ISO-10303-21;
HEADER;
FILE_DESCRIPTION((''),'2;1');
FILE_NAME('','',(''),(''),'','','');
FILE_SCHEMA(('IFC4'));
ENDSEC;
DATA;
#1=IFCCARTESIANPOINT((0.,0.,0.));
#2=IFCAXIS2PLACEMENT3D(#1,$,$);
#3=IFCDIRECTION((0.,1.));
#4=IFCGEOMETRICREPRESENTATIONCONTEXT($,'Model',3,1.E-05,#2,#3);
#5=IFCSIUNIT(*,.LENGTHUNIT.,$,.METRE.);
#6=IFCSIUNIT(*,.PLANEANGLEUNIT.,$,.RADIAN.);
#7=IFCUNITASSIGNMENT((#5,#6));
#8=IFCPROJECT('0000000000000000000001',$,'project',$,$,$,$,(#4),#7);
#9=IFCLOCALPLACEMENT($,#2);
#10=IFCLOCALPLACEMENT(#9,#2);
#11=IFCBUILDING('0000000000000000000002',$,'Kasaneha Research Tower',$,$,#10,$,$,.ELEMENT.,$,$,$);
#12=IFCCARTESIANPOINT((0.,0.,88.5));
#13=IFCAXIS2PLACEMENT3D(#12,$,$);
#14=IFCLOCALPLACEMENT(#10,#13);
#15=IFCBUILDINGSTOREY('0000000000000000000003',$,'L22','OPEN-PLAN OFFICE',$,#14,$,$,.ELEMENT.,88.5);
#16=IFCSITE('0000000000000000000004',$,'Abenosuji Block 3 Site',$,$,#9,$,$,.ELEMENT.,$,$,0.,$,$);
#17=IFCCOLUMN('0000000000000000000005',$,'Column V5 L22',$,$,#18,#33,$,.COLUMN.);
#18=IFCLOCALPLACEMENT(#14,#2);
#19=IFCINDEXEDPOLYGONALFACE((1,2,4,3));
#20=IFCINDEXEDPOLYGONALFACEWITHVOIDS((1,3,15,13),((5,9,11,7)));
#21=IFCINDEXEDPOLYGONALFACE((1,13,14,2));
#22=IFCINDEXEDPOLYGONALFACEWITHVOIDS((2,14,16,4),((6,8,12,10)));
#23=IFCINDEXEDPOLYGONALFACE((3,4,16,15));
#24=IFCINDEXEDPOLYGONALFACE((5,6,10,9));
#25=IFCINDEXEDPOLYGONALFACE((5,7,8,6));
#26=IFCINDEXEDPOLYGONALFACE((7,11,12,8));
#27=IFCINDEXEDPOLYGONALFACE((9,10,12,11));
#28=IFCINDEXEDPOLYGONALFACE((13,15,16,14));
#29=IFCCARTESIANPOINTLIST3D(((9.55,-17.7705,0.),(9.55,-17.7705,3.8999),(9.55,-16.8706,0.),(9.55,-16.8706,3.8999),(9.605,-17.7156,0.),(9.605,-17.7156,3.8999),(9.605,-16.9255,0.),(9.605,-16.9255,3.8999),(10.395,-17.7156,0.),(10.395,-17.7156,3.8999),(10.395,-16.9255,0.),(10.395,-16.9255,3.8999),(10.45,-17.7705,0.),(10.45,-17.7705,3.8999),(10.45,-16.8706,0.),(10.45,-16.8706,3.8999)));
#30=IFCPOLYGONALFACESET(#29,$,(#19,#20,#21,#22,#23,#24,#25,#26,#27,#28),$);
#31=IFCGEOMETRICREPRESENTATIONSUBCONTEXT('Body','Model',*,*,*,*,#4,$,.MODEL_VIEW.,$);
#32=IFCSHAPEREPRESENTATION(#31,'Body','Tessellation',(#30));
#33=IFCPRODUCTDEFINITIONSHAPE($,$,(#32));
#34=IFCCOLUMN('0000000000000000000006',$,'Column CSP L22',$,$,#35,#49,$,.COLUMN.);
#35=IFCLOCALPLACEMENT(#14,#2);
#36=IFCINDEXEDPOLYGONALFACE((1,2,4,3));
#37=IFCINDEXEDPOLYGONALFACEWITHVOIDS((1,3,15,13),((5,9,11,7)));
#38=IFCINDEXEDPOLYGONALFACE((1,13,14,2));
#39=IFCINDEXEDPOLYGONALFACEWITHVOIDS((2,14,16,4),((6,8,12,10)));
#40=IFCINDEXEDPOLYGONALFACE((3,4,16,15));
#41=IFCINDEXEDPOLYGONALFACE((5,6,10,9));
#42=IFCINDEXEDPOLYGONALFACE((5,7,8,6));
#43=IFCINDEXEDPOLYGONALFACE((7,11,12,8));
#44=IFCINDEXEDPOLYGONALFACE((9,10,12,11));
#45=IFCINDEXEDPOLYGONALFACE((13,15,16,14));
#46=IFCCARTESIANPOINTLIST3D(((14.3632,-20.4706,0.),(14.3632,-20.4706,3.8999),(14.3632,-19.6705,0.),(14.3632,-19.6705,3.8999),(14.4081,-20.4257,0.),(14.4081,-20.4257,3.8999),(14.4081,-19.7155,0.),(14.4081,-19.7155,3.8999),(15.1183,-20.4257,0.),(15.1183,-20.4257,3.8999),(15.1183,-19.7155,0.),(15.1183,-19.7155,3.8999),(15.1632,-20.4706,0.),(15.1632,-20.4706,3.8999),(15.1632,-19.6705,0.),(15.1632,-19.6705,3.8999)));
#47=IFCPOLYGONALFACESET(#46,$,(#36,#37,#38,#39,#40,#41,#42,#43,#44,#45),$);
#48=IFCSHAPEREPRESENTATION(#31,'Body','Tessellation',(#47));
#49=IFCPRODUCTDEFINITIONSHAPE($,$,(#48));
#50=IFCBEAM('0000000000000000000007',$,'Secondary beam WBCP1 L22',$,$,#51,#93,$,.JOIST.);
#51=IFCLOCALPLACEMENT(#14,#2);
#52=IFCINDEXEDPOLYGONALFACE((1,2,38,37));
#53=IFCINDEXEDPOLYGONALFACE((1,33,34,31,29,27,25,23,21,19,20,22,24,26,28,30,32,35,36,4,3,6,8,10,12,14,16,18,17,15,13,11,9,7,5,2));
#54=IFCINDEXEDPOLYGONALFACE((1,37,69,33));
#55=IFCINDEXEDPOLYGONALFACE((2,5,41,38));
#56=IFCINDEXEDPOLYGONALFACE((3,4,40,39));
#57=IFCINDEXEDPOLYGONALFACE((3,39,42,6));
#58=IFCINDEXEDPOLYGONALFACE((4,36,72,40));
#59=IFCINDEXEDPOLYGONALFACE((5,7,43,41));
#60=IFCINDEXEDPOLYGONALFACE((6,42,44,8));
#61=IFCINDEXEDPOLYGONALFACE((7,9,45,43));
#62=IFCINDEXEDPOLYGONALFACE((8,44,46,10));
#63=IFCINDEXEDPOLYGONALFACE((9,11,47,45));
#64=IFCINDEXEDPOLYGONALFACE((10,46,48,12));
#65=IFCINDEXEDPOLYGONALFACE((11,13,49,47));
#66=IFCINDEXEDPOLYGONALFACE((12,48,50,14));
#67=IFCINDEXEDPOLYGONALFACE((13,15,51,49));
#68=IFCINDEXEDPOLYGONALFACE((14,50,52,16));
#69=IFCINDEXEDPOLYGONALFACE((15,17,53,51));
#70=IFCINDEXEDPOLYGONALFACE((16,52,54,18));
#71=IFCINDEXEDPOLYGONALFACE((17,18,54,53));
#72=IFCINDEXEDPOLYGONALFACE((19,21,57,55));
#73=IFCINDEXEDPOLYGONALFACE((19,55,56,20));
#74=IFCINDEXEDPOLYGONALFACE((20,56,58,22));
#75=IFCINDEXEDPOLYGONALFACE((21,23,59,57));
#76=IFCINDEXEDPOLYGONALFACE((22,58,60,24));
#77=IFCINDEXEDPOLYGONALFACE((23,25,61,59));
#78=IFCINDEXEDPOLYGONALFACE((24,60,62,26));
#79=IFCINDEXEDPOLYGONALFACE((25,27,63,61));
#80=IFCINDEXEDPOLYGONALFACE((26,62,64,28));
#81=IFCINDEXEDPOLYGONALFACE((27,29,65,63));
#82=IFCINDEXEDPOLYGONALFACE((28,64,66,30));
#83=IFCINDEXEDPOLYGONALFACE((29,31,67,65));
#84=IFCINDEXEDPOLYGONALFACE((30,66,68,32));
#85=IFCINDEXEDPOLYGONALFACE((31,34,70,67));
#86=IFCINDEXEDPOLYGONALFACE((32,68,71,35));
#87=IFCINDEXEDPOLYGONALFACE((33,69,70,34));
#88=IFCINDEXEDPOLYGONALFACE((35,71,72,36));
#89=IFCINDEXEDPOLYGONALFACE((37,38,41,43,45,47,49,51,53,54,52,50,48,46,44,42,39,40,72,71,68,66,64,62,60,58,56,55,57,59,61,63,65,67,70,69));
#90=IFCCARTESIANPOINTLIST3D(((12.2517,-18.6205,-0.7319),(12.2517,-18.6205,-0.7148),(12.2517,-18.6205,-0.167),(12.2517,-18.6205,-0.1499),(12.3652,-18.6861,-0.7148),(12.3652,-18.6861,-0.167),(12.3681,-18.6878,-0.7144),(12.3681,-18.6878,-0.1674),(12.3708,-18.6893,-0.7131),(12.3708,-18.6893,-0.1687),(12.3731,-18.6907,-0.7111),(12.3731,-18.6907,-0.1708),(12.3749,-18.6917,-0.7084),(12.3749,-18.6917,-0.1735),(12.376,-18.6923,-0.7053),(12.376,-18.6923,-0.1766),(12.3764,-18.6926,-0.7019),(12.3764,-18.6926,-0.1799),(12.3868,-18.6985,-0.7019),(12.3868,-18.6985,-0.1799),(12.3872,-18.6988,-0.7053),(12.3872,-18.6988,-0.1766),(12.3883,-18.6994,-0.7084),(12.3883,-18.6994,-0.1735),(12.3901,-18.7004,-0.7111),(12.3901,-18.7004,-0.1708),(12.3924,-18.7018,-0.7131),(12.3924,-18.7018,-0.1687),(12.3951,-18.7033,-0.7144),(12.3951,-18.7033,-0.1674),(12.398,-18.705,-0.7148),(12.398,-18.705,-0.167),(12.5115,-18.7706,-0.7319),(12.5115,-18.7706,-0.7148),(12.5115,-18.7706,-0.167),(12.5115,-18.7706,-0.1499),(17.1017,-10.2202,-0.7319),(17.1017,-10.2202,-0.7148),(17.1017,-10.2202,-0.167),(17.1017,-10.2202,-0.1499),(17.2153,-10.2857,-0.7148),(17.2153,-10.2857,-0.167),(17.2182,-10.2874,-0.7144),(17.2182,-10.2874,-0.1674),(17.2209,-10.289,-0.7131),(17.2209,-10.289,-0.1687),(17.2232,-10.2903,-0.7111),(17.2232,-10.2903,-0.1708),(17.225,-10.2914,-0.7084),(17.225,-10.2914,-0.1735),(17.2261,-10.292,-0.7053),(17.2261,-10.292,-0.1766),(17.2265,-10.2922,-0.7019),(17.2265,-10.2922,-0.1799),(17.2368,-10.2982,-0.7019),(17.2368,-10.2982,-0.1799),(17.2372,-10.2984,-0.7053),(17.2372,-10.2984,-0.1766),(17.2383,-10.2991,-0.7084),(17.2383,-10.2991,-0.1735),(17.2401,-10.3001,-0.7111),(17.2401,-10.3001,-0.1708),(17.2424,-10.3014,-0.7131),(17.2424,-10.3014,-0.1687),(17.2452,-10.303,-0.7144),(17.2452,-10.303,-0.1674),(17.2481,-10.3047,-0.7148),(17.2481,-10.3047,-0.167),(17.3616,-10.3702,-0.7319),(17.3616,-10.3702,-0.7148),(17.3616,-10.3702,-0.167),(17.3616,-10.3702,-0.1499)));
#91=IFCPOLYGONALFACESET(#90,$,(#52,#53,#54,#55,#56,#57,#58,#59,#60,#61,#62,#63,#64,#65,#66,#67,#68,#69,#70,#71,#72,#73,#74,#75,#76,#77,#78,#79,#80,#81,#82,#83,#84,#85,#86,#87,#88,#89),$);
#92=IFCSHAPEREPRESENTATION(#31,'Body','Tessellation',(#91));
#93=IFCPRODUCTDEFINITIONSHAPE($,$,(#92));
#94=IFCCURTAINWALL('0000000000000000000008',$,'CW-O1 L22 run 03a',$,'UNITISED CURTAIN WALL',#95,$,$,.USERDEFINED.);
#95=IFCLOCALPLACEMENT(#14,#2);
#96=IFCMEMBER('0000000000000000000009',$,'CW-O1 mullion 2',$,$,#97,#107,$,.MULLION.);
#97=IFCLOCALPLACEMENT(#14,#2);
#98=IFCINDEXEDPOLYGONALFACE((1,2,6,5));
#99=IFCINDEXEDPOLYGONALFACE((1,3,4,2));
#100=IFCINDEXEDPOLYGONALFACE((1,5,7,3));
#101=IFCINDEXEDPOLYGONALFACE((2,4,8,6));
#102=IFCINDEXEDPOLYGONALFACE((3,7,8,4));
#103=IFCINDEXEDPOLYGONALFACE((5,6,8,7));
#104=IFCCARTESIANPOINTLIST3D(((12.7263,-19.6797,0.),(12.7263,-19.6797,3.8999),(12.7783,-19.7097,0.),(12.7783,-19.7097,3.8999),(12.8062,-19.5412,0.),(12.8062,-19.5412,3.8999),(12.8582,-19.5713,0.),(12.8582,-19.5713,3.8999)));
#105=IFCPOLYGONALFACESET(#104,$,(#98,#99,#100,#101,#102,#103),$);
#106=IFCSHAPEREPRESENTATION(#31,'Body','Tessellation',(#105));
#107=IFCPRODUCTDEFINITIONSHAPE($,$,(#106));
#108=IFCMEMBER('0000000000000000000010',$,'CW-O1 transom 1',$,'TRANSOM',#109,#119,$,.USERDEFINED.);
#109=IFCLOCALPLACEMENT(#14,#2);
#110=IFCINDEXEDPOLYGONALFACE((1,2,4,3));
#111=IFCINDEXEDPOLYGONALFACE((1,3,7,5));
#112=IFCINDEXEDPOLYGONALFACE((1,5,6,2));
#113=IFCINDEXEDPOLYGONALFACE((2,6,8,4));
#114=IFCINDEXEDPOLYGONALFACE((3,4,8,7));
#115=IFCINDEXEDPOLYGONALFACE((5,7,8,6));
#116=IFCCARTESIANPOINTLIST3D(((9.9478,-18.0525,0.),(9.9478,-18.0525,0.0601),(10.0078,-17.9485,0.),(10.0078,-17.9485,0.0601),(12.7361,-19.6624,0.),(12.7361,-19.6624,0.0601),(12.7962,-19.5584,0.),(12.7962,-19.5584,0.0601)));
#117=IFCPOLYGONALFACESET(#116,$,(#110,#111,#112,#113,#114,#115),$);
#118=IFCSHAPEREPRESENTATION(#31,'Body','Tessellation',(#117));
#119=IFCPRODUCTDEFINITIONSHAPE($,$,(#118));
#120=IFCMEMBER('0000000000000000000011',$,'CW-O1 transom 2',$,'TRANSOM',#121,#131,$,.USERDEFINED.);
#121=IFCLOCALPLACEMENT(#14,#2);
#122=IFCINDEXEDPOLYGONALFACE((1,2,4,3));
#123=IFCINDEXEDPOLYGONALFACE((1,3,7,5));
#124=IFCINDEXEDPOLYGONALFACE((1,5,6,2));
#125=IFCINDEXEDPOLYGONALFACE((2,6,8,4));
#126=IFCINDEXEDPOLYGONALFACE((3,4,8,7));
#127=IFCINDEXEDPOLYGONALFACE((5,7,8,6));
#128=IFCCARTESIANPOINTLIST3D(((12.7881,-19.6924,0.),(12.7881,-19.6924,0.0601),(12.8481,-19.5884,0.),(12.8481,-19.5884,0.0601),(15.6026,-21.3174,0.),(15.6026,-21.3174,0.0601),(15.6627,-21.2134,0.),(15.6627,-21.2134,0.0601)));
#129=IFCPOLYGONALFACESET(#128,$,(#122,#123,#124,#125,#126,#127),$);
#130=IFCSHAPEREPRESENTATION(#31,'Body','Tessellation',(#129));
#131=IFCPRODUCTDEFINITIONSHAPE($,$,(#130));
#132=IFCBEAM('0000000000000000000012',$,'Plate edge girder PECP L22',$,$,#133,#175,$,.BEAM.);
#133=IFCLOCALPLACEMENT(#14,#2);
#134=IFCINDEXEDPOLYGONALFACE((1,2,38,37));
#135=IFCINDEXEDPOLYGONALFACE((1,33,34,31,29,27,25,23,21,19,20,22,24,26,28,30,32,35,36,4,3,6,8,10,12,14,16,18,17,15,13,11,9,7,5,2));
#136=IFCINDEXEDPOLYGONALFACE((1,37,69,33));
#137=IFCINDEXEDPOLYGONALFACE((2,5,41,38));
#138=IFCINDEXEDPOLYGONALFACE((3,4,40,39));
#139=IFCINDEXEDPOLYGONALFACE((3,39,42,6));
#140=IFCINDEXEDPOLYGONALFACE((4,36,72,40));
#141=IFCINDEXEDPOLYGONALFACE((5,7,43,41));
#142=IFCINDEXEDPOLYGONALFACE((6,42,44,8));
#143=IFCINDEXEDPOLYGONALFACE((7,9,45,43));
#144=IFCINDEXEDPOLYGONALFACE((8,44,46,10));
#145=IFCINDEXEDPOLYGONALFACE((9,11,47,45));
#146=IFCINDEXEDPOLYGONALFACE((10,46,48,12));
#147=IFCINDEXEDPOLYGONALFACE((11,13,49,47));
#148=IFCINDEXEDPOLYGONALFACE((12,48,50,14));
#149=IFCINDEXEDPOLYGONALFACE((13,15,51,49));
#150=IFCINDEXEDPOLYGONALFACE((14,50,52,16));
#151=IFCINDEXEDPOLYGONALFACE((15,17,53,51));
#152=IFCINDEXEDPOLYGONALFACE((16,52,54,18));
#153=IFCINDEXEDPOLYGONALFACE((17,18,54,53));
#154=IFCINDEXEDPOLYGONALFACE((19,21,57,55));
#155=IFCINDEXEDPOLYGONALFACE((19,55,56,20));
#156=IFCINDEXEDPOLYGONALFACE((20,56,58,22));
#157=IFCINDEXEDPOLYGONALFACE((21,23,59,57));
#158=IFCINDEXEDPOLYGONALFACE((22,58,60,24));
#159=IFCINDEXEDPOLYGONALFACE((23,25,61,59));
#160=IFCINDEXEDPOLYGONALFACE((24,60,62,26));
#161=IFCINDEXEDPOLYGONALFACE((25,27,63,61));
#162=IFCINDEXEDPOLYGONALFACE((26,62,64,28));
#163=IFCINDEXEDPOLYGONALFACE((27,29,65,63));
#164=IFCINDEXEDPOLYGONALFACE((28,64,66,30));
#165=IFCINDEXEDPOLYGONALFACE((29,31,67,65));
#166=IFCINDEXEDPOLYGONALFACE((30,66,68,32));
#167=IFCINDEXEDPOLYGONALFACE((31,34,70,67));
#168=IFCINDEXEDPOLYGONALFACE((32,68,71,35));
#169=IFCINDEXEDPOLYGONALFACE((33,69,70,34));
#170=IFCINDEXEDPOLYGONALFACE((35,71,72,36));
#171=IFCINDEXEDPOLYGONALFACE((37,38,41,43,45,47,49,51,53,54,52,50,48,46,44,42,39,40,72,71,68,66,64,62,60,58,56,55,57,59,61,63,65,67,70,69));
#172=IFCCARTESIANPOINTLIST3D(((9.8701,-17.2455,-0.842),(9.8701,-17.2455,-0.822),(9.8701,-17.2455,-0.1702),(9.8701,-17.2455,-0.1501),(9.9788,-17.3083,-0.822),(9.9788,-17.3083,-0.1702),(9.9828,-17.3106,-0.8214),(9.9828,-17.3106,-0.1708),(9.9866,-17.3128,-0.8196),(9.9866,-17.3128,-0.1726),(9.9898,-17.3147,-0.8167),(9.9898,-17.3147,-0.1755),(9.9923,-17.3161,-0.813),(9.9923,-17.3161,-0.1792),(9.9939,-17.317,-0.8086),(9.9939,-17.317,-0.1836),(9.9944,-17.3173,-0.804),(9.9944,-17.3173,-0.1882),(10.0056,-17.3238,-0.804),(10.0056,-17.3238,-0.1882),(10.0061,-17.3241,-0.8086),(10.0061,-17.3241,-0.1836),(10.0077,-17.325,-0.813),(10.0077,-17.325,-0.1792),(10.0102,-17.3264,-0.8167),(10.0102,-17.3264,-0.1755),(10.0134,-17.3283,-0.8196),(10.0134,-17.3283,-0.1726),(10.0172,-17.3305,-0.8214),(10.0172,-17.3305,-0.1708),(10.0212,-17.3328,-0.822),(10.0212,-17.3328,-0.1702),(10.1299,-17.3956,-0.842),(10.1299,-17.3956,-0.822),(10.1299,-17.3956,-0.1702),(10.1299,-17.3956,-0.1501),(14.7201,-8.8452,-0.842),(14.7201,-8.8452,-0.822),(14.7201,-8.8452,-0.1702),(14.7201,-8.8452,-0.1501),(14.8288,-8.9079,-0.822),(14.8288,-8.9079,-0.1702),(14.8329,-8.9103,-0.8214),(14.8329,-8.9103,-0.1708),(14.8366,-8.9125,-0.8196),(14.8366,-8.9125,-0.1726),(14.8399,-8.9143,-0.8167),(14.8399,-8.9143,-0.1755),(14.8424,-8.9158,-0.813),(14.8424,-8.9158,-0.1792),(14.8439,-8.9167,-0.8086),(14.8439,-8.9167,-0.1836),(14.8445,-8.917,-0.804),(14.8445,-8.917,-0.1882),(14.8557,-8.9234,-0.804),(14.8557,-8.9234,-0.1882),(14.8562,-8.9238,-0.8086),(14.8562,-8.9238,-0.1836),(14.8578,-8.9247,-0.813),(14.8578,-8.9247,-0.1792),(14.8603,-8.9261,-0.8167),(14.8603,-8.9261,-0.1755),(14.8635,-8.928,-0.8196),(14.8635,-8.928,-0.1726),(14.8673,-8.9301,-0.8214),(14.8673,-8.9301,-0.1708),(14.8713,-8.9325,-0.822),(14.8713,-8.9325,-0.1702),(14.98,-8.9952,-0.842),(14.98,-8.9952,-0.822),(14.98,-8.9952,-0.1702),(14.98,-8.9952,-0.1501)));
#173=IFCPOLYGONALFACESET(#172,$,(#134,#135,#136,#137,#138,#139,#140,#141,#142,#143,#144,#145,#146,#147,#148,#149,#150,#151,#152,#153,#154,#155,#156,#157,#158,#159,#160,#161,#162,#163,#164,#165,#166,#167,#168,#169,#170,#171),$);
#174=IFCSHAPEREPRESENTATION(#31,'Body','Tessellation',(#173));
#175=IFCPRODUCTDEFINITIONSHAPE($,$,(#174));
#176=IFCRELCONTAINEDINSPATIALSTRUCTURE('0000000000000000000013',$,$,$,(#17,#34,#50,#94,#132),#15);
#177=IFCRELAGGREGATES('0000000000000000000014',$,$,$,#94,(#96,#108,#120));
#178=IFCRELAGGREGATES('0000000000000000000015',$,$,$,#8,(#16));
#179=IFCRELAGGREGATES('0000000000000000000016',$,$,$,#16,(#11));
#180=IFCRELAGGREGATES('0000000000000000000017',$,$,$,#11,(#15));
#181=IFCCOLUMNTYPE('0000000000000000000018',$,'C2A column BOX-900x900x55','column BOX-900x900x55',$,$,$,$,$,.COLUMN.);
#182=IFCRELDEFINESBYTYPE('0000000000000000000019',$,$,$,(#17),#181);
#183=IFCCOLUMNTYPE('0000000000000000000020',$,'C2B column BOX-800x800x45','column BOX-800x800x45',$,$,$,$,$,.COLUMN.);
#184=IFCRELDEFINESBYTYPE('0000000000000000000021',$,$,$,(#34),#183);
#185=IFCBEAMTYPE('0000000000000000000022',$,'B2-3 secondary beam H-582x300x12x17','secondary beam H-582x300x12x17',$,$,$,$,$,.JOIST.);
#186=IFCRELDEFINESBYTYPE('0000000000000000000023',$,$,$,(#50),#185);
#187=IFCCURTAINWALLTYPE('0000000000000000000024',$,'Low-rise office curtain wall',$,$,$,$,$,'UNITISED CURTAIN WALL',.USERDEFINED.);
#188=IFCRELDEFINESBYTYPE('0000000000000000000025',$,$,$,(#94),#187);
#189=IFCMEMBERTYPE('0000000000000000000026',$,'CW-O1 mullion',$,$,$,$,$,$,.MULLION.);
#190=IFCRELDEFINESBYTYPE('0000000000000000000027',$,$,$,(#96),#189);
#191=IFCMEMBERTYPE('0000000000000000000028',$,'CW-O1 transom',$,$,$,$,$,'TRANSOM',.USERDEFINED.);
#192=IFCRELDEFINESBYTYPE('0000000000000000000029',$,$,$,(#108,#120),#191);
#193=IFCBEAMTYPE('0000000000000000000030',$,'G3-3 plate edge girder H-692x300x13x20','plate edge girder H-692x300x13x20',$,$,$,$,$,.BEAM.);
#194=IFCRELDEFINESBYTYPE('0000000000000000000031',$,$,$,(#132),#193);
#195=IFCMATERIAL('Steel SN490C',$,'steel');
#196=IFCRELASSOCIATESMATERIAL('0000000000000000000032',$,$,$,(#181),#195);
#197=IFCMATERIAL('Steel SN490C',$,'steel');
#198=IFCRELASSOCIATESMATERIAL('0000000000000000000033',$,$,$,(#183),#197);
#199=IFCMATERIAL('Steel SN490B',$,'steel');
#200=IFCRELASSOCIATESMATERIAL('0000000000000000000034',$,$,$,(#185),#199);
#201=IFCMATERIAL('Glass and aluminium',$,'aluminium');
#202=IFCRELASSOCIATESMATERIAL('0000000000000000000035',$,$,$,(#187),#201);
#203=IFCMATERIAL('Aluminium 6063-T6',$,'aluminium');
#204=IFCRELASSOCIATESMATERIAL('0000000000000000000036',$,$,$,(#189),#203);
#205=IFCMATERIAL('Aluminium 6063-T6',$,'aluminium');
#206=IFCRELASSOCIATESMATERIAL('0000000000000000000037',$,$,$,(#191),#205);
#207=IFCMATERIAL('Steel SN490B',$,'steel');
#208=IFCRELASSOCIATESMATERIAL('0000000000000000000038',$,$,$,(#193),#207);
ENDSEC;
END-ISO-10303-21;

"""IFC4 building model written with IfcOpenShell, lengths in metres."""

from ifc_helpers import new_model, si_unit, direction, frame, origin, origin_2d, place, context, subcontext, project, spatial, rectangle, hollow_rectangle, i_section, extrude, material, material_profile, profile_set, type_object, element, aggregate, save


model = new_model("IFC4")

# Units and contexts
model_context = context("Model", 3, precision=1e-05, world=origin(), true_north=direction((0.0, 1.0)))
body_context = subcontext(model_context, "Body", "Model", "MODEL_VIEW")
ifc_project = project(units=[si_unit("LENGTHUNIT", "METRE"), si_unit("PLANEANGLEUNIT", "RADIAN")], contexts=[model_context])

# Site, building, storey
site_placement = place(None, origin())
site = spatial("IfcSite", under=ifc_project, at=site_placement, Name="Abenosuji Block 3 Site", CompositionType="ELEMENT", RefElevation=0.0)
building_placement = place(site_placement, origin())
building = spatial("IfcBuilding", under=site, at=building_placement, Name="Kasaneha Research Tower", CompositionType="ELEMENT")
storey_placement = place(building_placement, frame((0.0, 0.0, 88.5)))
storey = spatial("IfcBuildingStorey", under=building, at=storey_placement, Name="L22", Description="OPEN-PLAN OFFICE", CompositionType="ELEMENT", Elevation=88.5)

# Columns
ifc_material_1 = material(Name="Steel SN490C", Category="steel")
ifc_material_profile_1 = material_profile(ifc_material_1, hollow_rectangle(XDim=0.8999, YDim=0.8999, WallThickness=0.0549, at=origin_2d()), Name="BOX-900x900x55")
ifc_profile_set_1 = profile_set([ifc_material_profile_1], Name="Steel SN490C")
column_type_1 = type_object("IfcColumnType", Name="C2A column BOX-900x900x55", Description="column BOX-900x900x55", PredefinedType="COLUMN", material=ifc_profile_set_1)
column_1_placement = place(storey_placement, frame((10.0, -17.3206, 0.0), z_axis=(0.0, 0.0, 1.0), x_axis=(1.0, 0.0, 0.0)))
element("IfcColumn", 1, at=column_1_placement, inside=storey, type_object=column_type_1, Name="Column V5 L22", PredefinedType="COLUMN", context=body_context, shape_type="SweptSolid", body=[
    extrude(hollow_rectangle(XDim=0.8999, YDim=0.8999, WallThickness=0.0549, at=origin_2d()), origin(), (0.0, 0.0, 1.0), 3.8999),
])
ifc_material_2 = material(Name="Steel SN490C", Category="steel")
ifc_material_profile_2 = material_profile(ifc_material_2, hollow_rectangle(XDim=0.8, YDim=0.8, WallThickness=0.0449, at=origin_2d()), Name="BOX-800x800x45")
ifc_profile_set_2 = profile_set([ifc_material_profile_2], Name="Steel SN490C")
column_type_2 = type_object("IfcColumnType", Name="C2B column BOX-800x800x45", Description="column BOX-800x800x45", PredefinedType="COLUMN", material=ifc_profile_set_2)
column_2_placement = place(storey_placement, frame((14.7632, -20.0706, 0.0), z_axis=(0.0, 0.0, 1.0), x_axis=(1.0, 0.0, 0.0)))
element("IfcColumn", 2, at=column_2_placement, inside=storey, type_object=column_type_2, Name="Column CSP L22", PredefinedType="COLUMN", context=body_context, shape_type="SweptSolid", body=[
    extrude(hollow_rectangle(XDim=0.8, YDim=0.8, WallThickness=0.0449, at=origin_2d()), origin(), (0.0, 0.0, 1.0), 3.8999),
])

# Beam
ifc_material_3 = material(Name="Steel SN490B", Category="steel")
ifc_material_profile_3 = material_profile(ifc_material_3, i_section(OverallWidth=0.3, OverallDepth=0.582, WebThickness=0.012, FlangeThickness=0.0171, FilletRadius=0.0129, at=origin_2d()), Name="H-582x300x12x17")
ifc_profile_set_3 = profile_set([ifc_material_profile_3], Name="Steel SN490B")
beam_type_1 = type_object("IfcBeamType", Name="B2-3 secondary beam H-582x300x12x17", Description="secondary beam H-582x300x12x17", PredefinedType="JOIST", material=ifc_profile_set_3)
beam_1_placement = place(storey_placement, frame((12.3816, -18.6956, -0.4409), z_axis=(0.50001, 0.86602, 0.0), x_axis=(-0.86602, 0.50001, 0.0)))
element("IfcBeam", 3, at=beam_1_placement, inside=storey, type_object=beam_type_1, Name="Secondary beam WBCP1 L22", PredefinedType="JOIST", context=body_context, shape_type="SweptSolid", body=[
    extrude(i_section(OverallWidth=0.3, OverallDepth=0.582, WebThickness=0.012, FlangeThickness=0.0171, FilletRadius=0.0129, at=origin_2d()), origin(), (0.0, 0.0, 1.0), 9.7),
])

# Curtain wall, members
ifc_material_4 = material(Name="Glass and aluminium", Category="aluminium")
curtain_wall_type = type_object("IfcCurtainWallType", Name="Low-rise office curtain wall", ElementType="UNITISED CURTAIN WALL", PredefinedType="USERDEFINED", material=ifc_material_4)
curtain_wall_placement = place(storey_placement, origin())
curtain_wall = element("IfcCurtainWall", 4, at=curtain_wall_placement, inside=storey, type_object=curtain_wall_type, Name="CW-O1 L22 run 03a", ObjectType="UNITISED CURTAIN WALL", PredefinedType="USERDEFINED")
ifc_material_5 = material(Name="Aluminium 6063-T6", Category="aluminium")
ifc_material_profile_4 = material_profile(ifc_material_5, rectangle(XDim=0.0601, YDim=0.1599, at=origin_2d()), Name="CW-O1 mullion 60x160")
ifc_profile_set_4 = profile_set([ifc_material_profile_4], Name="Aluminium 6063-T6")
member_type_1 = type_object("IfcMemberType", Name="CW-O1 mullion", PredefinedType="MULLION", material=ifc_profile_set_4)
member_1_placement = place(storey_placement, frame((12.7922, -19.6255, 0.0), z_axis=(0.0, 0.0, 1.0), x_axis=(0.866025, -0.5, 0.0)))
member_1 = element("IfcMember", 5, at=member_1_placement, type_object=member_type_1, Name="CW-O1 mullion 2", PredefinedType="MULLION", context=body_context, shape_type="SweptSolid", body=[
    extrude(rectangle(XDim=0.0601, YDim=0.1599, at=origin_2d()), origin(), (0.0, 0.0, 1.0), 3.8999),
])
ifc_material_6 = material(Name="Aluminium 6063-T6", Category="aluminium")
ifc_material_profile_5 = material_profile(ifc_material_6, rectangle(XDim=0.1201, YDim=0.0601, at=origin_2d()), Name="CW-O1 transom 120x60")
ifc_profile_set_5 = profile_set([ifc_material_profile_5], Name="Aluminium 6063-T6")
member_type_2 = type_object("IfcMemberType", Name="CW-O1 transom", ElementType="TRANSOM", PredefinedType="USERDEFINED", material=ifc_profile_set_5)
member_2_placement = place(storey_placement, frame((9.9778, -18.0005, 0.03), z_axis=(0.866023, -0.500005, 0.0), x_axis=(0.500005, 0.866023, 0.0)))
member_2 = element("IfcMember", 6, at=member_2_placement, type_object=member_type_2, Name="CW-O1 transom 1", ObjectType="TRANSOM", PredefinedType="USERDEFINED", context=body_context, shape_type="SweptSolid", body=[
    extrude(rectangle(XDim=0.1201, YDim=0.0601, at=origin_2d()), origin(), (0.0, 0.0, 1.0), 3.2197),
])
member_3_placement = place(storey_placement, frame((12.8181, -19.6404, 0.03), z_axis=(0.866015, -0.500017, 0.0), x_axis=(0.500017, 0.866015, 0.0)))
member_3 = element("IfcMember", 7, at=member_3_placement, type_object=member_type_2, Name="CW-O1 transom 2", ObjectType="TRANSOM", PredefinedType="USERDEFINED", context=body_context, shape_type="SweptSolid", body=[
    extrude(rectangle(XDim=0.1201, YDim=0.0601, at=origin_2d()), origin(), (0.0, 0.0, 1.0), 3.25),
])

# Beam
ifc_material_7 = material(Name="Steel SN490B", Category="steel")
ifc_material_profile_6 = material_profile(ifc_material_7, i_section(OverallWidth=0.3, OverallDepth=0.6919, WebThickness=0.0129, FlangeThickness=0.02, FilletRadius=0.0181, at=origin_2d()), Name="H-692x300x13x20")
ifc_profile_set_6 = profile_set([ifc_material_profile_6], Name="Steel SN490B")
beam_type_2 = type_object("IfcBeamType", Name="G3-3 plate edge girder H-692x300x13x20", Description="plate edge girder H-692x300x13x20", PredefinedType="BEAM", material=ifc_profile_set_6)
beam_2_placement = place(storey_placement, frame((10.0, -17.3206, -0.4961), z_axis=(0.50001, 0.86602, 0.0), x_axis=(-0.86602, 0.50001, 0.0)))
element("IfcBeam", 8, at=beam_2_placement, inside=storey, type_object=beam_type_2, Name="Plate edge girder PECP L22", PredefinedType="BEAM", context=body_context, shape_type="SweptSolid", body=[
    extrude(i_section(OverallWidth=0.3, OverallDepth=0.6919, WebThickness=0.0129, FlangeThickness=0.02, FilletRadius=0.0181, at=origin_2d()), origin(), (0.0, 0.0, 1.0), 9.7),
])

aggregate(curtain_wall, [member_1, member_2, member_3])

save(model, "model.ifc")
